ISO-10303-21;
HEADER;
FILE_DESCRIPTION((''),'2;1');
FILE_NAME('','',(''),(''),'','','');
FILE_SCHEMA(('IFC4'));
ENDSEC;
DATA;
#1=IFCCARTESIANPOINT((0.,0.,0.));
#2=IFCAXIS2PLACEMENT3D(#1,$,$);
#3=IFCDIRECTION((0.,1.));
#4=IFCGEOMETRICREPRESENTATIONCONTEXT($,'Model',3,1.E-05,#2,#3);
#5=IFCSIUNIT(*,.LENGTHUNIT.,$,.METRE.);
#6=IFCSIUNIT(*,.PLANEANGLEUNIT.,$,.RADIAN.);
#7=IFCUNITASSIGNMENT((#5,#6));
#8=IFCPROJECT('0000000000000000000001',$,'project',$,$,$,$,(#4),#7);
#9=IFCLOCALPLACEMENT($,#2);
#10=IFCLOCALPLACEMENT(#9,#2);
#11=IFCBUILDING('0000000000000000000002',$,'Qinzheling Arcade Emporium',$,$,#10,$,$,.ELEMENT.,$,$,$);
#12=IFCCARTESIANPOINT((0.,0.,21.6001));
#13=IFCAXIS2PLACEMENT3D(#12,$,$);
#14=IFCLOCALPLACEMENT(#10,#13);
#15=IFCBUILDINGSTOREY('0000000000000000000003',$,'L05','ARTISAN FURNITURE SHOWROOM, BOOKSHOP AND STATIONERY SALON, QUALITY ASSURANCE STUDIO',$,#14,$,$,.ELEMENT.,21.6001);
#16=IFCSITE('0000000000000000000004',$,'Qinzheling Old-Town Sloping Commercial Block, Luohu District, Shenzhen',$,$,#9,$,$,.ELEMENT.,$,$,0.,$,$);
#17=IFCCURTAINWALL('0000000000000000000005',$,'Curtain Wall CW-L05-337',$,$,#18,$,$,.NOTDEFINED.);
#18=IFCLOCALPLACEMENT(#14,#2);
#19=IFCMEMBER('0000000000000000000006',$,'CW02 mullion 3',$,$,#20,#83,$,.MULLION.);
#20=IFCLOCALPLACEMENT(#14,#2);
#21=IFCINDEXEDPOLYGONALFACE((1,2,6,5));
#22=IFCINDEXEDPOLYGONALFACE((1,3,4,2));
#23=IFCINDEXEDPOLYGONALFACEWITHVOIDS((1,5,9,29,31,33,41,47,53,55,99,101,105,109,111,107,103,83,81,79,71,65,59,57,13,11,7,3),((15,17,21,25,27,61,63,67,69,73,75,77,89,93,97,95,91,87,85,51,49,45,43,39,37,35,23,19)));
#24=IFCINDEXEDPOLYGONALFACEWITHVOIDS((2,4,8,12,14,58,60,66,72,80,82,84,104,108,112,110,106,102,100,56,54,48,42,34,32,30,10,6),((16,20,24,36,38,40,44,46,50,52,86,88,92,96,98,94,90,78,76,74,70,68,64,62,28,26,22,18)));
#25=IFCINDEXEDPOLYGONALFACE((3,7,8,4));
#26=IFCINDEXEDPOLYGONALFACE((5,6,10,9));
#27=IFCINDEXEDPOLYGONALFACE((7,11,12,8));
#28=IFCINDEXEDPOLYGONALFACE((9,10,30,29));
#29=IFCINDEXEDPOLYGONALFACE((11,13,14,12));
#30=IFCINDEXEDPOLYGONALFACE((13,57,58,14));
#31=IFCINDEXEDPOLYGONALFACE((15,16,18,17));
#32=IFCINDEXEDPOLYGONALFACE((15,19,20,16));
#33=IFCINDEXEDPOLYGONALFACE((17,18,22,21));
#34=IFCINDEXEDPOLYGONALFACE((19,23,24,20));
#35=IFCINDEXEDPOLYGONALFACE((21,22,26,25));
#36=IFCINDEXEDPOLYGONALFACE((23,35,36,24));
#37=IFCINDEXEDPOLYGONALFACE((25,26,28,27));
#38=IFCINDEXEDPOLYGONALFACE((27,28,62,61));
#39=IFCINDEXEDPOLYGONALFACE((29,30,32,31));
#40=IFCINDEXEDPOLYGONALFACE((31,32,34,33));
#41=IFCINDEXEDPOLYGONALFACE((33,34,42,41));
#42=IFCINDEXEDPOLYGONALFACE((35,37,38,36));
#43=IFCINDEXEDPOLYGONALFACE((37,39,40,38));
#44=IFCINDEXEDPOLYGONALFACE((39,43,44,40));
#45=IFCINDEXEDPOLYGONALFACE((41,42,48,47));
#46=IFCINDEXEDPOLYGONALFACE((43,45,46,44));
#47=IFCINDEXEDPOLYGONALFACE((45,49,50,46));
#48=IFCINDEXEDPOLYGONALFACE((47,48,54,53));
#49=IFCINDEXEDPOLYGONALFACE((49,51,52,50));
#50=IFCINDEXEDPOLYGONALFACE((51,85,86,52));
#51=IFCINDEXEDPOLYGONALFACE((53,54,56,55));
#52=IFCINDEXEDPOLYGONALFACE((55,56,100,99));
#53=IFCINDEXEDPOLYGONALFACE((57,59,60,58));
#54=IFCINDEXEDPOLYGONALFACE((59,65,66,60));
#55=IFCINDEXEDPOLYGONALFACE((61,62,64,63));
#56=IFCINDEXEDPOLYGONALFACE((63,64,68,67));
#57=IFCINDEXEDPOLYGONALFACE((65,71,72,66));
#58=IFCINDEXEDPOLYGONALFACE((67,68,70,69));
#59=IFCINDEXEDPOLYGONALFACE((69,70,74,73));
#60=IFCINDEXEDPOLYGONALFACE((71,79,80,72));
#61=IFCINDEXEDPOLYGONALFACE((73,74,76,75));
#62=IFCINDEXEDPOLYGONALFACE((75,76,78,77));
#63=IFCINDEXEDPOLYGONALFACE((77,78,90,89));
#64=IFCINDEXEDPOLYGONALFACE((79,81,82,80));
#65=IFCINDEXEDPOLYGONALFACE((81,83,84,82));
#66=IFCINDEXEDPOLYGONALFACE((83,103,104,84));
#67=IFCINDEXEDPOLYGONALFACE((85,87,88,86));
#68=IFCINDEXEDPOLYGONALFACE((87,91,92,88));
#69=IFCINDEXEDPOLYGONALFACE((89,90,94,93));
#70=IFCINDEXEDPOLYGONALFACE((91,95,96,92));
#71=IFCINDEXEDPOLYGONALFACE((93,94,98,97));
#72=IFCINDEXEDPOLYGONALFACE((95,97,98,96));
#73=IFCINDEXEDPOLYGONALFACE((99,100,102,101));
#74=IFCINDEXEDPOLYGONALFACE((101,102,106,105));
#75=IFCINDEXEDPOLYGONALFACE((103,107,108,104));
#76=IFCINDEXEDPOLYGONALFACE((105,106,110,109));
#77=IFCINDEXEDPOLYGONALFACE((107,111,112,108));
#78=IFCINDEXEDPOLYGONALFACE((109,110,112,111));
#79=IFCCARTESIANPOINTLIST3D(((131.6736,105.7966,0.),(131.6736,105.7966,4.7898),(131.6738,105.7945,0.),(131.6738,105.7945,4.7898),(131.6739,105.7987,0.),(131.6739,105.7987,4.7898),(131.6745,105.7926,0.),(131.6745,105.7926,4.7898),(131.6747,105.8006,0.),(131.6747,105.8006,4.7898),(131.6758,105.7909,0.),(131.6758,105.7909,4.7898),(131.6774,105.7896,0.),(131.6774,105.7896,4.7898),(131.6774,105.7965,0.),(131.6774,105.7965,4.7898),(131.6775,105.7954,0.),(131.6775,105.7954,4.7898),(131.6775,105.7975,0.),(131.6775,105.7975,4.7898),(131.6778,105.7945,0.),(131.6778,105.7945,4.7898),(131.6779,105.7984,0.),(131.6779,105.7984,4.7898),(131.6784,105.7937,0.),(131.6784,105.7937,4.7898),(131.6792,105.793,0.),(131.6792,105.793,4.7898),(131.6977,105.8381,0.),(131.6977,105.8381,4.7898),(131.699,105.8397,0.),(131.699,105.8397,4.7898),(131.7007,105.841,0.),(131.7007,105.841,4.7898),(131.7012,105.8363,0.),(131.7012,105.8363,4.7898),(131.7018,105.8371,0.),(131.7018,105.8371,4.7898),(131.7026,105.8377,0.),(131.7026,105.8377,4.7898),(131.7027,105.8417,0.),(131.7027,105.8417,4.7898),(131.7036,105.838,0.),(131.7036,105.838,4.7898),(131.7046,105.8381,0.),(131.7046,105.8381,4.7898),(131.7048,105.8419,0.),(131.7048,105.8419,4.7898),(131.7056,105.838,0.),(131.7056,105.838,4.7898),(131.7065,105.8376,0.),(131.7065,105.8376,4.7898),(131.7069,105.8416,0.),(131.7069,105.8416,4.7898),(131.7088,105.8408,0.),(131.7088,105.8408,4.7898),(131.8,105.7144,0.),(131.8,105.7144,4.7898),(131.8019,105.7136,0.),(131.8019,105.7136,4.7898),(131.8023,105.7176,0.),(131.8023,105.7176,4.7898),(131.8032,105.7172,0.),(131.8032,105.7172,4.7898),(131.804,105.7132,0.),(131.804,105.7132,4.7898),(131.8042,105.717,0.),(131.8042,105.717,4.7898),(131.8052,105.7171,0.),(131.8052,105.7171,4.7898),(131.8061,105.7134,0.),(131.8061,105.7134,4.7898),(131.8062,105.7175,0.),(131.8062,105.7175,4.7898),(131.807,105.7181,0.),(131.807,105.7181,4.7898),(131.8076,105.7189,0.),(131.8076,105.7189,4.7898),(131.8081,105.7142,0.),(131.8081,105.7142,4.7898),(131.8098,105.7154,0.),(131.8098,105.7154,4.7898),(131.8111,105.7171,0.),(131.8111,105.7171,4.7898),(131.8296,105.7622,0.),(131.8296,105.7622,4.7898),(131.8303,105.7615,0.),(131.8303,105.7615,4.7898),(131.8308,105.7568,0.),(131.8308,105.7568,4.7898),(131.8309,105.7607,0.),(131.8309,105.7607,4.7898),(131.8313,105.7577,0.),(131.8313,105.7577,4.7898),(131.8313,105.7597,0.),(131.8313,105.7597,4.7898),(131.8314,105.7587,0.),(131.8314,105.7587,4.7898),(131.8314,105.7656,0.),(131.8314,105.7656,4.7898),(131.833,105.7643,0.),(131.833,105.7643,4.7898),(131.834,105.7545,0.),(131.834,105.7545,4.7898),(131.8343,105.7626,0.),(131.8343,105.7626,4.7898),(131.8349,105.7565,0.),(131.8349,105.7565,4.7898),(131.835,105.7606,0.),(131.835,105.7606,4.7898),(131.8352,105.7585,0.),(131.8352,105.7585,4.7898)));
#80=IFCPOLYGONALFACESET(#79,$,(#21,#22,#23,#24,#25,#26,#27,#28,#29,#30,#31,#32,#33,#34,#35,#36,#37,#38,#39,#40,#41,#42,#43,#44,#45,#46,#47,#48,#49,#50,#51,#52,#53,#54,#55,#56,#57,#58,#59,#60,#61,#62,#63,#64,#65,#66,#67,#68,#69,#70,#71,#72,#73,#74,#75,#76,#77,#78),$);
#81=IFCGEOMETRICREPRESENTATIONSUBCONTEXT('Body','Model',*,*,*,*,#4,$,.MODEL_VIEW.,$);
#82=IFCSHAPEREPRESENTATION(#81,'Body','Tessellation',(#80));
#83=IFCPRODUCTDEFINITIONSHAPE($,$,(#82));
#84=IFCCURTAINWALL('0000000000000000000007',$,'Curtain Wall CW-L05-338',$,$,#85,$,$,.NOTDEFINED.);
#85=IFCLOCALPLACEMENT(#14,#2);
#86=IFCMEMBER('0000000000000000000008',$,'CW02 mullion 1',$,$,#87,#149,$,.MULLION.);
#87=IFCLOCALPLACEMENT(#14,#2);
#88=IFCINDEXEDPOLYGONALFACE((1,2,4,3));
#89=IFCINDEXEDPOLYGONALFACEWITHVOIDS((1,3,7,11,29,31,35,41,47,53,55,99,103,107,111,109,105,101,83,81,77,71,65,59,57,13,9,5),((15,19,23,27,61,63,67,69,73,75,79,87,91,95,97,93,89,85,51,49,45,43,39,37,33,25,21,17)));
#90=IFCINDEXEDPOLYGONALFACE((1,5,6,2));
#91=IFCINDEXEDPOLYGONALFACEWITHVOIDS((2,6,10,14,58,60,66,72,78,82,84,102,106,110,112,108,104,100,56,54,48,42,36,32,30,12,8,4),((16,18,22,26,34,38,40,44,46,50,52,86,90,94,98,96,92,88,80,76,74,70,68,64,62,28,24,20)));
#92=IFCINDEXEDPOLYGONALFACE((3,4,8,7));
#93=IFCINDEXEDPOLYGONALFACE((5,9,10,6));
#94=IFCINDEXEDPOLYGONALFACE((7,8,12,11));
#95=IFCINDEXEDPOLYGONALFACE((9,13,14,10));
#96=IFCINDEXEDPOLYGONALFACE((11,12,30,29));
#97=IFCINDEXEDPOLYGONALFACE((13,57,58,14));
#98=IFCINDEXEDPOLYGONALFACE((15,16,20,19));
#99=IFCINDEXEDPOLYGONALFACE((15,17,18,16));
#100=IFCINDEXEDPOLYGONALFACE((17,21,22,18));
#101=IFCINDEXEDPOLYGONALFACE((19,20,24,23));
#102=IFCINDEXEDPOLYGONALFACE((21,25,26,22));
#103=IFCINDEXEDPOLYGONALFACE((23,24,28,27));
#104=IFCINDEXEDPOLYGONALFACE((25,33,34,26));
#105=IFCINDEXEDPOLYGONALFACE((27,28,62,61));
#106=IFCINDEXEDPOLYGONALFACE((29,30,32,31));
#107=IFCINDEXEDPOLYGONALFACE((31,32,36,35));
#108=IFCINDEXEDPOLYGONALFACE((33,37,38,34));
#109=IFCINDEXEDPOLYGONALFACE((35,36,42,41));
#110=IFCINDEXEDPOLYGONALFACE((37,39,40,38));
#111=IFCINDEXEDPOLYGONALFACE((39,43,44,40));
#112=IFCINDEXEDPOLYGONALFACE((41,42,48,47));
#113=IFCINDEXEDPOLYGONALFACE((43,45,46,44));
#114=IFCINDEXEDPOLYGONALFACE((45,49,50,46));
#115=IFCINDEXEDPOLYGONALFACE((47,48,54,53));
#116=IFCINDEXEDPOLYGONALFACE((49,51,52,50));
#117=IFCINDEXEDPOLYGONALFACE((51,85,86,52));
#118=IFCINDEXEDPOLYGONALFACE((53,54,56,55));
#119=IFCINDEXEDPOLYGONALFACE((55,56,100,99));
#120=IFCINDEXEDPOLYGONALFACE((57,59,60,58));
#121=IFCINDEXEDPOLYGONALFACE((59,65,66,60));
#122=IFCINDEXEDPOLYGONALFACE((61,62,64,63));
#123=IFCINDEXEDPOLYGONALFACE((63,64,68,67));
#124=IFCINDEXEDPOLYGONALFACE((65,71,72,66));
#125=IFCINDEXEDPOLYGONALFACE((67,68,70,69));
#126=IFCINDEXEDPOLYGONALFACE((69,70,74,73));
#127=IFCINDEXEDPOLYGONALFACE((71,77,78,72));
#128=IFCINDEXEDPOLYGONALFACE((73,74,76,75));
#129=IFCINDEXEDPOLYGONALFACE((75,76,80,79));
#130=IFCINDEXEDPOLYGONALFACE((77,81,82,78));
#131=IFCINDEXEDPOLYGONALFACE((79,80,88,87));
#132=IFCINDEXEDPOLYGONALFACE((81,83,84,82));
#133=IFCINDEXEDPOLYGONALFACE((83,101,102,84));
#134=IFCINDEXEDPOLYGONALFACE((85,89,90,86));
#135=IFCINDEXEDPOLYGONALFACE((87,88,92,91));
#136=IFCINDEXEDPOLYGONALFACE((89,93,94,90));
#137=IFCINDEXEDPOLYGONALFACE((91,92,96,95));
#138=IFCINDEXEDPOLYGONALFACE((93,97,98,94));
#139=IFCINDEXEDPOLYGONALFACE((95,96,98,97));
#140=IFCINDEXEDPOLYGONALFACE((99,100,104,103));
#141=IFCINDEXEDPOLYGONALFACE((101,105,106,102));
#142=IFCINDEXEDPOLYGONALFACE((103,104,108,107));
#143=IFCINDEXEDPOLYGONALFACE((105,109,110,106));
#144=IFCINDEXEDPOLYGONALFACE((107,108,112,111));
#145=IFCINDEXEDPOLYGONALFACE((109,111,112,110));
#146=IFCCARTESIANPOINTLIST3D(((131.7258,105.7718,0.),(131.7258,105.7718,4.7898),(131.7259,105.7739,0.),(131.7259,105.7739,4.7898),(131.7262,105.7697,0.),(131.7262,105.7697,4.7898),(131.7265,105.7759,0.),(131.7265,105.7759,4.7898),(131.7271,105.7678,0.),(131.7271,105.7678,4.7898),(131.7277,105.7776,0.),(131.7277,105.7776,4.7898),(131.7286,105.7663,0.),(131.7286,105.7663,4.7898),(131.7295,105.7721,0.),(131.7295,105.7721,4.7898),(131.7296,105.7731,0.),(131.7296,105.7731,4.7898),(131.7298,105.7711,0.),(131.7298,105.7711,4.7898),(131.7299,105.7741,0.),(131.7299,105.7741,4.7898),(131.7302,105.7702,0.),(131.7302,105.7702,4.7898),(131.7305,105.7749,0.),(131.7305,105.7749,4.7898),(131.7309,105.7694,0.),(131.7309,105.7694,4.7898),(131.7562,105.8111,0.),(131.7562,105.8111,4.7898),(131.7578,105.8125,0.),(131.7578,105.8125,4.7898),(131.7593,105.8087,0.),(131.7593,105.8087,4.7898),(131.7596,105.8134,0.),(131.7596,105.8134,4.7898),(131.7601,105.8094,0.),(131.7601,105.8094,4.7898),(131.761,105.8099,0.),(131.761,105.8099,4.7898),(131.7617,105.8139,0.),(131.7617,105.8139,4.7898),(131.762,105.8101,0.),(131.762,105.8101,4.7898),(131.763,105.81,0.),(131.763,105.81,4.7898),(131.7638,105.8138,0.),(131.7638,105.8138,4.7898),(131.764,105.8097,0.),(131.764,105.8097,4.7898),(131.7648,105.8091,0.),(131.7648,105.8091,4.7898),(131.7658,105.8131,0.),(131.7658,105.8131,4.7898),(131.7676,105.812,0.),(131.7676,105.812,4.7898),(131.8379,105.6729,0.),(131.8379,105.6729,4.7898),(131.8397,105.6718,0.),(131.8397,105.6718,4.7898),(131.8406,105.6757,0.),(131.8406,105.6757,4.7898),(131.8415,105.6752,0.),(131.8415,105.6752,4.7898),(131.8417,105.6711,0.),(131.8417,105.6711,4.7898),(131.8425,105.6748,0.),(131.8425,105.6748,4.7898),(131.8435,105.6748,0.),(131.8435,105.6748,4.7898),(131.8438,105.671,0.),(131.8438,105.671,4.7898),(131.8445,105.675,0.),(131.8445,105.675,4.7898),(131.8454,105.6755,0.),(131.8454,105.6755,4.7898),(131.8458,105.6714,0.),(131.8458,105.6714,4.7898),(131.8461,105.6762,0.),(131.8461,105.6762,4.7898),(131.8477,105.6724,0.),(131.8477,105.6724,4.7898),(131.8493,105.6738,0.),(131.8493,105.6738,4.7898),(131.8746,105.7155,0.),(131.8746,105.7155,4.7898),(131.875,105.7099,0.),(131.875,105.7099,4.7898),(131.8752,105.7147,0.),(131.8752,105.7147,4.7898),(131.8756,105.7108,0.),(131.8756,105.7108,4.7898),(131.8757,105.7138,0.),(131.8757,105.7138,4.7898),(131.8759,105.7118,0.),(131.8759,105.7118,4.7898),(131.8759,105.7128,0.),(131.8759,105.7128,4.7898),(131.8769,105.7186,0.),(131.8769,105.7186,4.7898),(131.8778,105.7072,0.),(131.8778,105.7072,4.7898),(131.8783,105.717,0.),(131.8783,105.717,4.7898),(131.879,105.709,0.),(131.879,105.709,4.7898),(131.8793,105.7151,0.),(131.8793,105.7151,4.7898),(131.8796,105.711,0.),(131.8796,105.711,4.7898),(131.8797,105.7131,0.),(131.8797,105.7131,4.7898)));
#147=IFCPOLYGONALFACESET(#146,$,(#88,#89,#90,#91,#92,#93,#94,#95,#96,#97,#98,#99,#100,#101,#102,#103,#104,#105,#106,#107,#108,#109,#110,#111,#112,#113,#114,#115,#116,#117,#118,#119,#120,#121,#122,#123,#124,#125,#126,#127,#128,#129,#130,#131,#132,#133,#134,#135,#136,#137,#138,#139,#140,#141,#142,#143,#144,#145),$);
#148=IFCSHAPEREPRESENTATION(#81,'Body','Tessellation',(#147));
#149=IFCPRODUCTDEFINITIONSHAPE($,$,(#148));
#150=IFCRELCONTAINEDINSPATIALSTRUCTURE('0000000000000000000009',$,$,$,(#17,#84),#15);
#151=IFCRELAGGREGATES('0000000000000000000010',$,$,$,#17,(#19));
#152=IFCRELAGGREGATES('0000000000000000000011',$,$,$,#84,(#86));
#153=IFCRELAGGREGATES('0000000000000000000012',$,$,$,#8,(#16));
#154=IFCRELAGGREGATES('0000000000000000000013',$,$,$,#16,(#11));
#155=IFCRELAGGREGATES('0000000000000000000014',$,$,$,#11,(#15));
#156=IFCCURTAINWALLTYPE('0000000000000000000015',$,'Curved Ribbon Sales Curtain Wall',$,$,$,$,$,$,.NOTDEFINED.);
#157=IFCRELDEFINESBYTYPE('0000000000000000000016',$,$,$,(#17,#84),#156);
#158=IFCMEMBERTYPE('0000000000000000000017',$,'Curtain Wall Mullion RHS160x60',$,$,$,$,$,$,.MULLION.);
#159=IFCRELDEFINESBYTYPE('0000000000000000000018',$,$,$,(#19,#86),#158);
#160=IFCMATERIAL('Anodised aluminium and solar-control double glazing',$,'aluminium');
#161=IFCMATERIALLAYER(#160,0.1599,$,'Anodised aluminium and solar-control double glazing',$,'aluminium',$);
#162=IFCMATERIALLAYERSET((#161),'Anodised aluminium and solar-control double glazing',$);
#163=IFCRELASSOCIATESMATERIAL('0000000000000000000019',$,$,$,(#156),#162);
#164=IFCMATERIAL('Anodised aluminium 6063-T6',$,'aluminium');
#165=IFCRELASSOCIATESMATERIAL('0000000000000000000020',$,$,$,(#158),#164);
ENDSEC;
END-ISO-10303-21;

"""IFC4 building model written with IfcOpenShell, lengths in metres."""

from ifc_helpers import new_model, si_unit, direction, frame, origin, origin_2d, place, context, subcontext, project, spatial, hollow_rectangle, extrude, material, layer, layer_set, material_profile, profile_set, type_object, element, aggregate, save


model = new_model("IFC4")

# Units and contexts
model_context = context("Model", 3, precision=1e-05, world=origin(), true_north=direction((0.0, 1.0)))
body_context = subcontext(model_context, "Body", "Model", "MODEL_VIEW")
ifc_project = project(units=[si_unit("LENGTHUNIT", "METRE"), si_unit("PLANEANGLEUNIT", "RADIAN")], contexts=[model_context])

# Site, building, storey
site_placement = place(None, origin())
site = spatial("IfcSite", under=ifc_project, at=site_placement, Name="Qinzheling Old-Town Sloping Commercial Block, Luohu District, Shenzhen", CompositionType="ELEMENT", RefElevation=0.0)
building_placement = place(site_placement, origin())
building = spatial("IfcBuilding", under=site, at=building_placement, Name="Qinzheling Arcade Emporium", CompositionType="ELEMENT")
storey_placement = place(building_placement, frame((0.0, 0.0, 21.6001)))
storey = spatial("IfcBuildingStorey", under=building, at=storey_placement, Name="L05", Description="ARTISAN FURNITURE SHOWROOM, BOOKSHOP AND STATIONERY SALON, QUALITY ASSURANCE STUDIO", CompositionType="ELEMENT", Elevation=21.6001)

# Curtain wall, member
ifc_material_1 = material(Name="Anodised aluminium and solar-control double glazing", Category="aluminium")
ifc_layer_1 = layer(ifc_material_1, 0.1599, Name="Anodised aluminium and solar-control double glazing", Category="aluminium")
ifc_layer_set_1 = layer_set([ifc_layer_1], Name="Anodised aluminium and solar-control double glazing")
curtain_wall_type = type_object("IfcCurtainWallType", Name="Curved Ribbon Sales Curtain Wall", PredefinedType="NOTDEFINED", material=ifc_layer_set_1)
curtain_wall_1_placement = place(storey_placement, origin())
curtain_wall_1 = element("IfcCurtainWall", 1, at=curtain_wall_1_placement, inside=storey, type_object=curtain_wall_type, Name="Curtain Wall CW-L05-337", PredefinedType="NOTDEFINED")
ifc_material_2 = material(Name="Anodised aluminium 6063-T6", Category="aluminium")
ifc_material_profile_1 = material_profile(ifc_material_2, hollow_rectangle(XDim=0.0601, YDim=0.1599, WallThickness=0.0039, InnerFilletRadius=0.0039, OuterFilletRadius=0.0081, at=origin_2d()), Name="RHS 160x60x4", Category="aluminium")
ifc_profile_set_1 = profile_set([ifc_material_profile_1], Name="Anodised aluminium 6063-T6")
member_type_1 = type_object("IfcMemberType", Name="Curtain Wall Mullion RHS160x60", PredefinedType="MULLION", material=ifc_profile_set_1)
member_1_placement = place(storey_placement, frame((131.7544, 105.7776, 0.0), z_axis=(0.0, 0.0, 1.0), x_axis=(0.522595, 0.852581, 0.0)))
member_1 = element("IfcMember", 2, at=member_1_placement, type_object=member_type_1, Name="CW02 mullion 3", PredefinedType="MULLION", context=body_context, shape_type="SweptSolid", body=[
    extrude(hollow_rectangle(XDim=0.0601, YDim=0.1599, WallThickness=0.0039, InnerFilletRadius=0.0039, OuterFilletRadius=0.0081, at=origin_2d()), origin(), (0.0, 0.0, 1.0), 4.7898),
])

# Curtain wall, member
curtain_wall_2_placement = place(storey_placement, origin())
curtain_wall_2 = element("IfcCurtainWall", 3, at=curtain_wall_2_placement, inside=storey, type_object=curtain_wall_type, Name="Curtain Wall CW-L05-338", PredefinedType="NOTDEFINED")
member_2_placement = place(storey_placement, frame((131.8027, 105.7424, 0.0), z_axis=(0.0, 0.0, 1.0), x_axis=(0.649332, 0.760505, 0.0)))
member_2 = element("IfcMember", 4, at=member_2_placement, type_object=member_type_1, Name="CW02 mullion 1", PredefinedType="MULLION", context=body_context, shape_type="SweptSolid", body=[
    extrude(hollow_rectangle(XDim=0.0601, YDim=0.1599, WallThickness=0.0039, InnerFilletRadius=0.0039, OuterFilletRadius=0.0081, at=origin_2d()), origin(), (0.0, 0.0, 1.0), 4.7898),
])

aggregate(curtain_wall_1, [member_1])
aggregate(curtain_wall_2, [member_2])

save(model, "model.ifc")
